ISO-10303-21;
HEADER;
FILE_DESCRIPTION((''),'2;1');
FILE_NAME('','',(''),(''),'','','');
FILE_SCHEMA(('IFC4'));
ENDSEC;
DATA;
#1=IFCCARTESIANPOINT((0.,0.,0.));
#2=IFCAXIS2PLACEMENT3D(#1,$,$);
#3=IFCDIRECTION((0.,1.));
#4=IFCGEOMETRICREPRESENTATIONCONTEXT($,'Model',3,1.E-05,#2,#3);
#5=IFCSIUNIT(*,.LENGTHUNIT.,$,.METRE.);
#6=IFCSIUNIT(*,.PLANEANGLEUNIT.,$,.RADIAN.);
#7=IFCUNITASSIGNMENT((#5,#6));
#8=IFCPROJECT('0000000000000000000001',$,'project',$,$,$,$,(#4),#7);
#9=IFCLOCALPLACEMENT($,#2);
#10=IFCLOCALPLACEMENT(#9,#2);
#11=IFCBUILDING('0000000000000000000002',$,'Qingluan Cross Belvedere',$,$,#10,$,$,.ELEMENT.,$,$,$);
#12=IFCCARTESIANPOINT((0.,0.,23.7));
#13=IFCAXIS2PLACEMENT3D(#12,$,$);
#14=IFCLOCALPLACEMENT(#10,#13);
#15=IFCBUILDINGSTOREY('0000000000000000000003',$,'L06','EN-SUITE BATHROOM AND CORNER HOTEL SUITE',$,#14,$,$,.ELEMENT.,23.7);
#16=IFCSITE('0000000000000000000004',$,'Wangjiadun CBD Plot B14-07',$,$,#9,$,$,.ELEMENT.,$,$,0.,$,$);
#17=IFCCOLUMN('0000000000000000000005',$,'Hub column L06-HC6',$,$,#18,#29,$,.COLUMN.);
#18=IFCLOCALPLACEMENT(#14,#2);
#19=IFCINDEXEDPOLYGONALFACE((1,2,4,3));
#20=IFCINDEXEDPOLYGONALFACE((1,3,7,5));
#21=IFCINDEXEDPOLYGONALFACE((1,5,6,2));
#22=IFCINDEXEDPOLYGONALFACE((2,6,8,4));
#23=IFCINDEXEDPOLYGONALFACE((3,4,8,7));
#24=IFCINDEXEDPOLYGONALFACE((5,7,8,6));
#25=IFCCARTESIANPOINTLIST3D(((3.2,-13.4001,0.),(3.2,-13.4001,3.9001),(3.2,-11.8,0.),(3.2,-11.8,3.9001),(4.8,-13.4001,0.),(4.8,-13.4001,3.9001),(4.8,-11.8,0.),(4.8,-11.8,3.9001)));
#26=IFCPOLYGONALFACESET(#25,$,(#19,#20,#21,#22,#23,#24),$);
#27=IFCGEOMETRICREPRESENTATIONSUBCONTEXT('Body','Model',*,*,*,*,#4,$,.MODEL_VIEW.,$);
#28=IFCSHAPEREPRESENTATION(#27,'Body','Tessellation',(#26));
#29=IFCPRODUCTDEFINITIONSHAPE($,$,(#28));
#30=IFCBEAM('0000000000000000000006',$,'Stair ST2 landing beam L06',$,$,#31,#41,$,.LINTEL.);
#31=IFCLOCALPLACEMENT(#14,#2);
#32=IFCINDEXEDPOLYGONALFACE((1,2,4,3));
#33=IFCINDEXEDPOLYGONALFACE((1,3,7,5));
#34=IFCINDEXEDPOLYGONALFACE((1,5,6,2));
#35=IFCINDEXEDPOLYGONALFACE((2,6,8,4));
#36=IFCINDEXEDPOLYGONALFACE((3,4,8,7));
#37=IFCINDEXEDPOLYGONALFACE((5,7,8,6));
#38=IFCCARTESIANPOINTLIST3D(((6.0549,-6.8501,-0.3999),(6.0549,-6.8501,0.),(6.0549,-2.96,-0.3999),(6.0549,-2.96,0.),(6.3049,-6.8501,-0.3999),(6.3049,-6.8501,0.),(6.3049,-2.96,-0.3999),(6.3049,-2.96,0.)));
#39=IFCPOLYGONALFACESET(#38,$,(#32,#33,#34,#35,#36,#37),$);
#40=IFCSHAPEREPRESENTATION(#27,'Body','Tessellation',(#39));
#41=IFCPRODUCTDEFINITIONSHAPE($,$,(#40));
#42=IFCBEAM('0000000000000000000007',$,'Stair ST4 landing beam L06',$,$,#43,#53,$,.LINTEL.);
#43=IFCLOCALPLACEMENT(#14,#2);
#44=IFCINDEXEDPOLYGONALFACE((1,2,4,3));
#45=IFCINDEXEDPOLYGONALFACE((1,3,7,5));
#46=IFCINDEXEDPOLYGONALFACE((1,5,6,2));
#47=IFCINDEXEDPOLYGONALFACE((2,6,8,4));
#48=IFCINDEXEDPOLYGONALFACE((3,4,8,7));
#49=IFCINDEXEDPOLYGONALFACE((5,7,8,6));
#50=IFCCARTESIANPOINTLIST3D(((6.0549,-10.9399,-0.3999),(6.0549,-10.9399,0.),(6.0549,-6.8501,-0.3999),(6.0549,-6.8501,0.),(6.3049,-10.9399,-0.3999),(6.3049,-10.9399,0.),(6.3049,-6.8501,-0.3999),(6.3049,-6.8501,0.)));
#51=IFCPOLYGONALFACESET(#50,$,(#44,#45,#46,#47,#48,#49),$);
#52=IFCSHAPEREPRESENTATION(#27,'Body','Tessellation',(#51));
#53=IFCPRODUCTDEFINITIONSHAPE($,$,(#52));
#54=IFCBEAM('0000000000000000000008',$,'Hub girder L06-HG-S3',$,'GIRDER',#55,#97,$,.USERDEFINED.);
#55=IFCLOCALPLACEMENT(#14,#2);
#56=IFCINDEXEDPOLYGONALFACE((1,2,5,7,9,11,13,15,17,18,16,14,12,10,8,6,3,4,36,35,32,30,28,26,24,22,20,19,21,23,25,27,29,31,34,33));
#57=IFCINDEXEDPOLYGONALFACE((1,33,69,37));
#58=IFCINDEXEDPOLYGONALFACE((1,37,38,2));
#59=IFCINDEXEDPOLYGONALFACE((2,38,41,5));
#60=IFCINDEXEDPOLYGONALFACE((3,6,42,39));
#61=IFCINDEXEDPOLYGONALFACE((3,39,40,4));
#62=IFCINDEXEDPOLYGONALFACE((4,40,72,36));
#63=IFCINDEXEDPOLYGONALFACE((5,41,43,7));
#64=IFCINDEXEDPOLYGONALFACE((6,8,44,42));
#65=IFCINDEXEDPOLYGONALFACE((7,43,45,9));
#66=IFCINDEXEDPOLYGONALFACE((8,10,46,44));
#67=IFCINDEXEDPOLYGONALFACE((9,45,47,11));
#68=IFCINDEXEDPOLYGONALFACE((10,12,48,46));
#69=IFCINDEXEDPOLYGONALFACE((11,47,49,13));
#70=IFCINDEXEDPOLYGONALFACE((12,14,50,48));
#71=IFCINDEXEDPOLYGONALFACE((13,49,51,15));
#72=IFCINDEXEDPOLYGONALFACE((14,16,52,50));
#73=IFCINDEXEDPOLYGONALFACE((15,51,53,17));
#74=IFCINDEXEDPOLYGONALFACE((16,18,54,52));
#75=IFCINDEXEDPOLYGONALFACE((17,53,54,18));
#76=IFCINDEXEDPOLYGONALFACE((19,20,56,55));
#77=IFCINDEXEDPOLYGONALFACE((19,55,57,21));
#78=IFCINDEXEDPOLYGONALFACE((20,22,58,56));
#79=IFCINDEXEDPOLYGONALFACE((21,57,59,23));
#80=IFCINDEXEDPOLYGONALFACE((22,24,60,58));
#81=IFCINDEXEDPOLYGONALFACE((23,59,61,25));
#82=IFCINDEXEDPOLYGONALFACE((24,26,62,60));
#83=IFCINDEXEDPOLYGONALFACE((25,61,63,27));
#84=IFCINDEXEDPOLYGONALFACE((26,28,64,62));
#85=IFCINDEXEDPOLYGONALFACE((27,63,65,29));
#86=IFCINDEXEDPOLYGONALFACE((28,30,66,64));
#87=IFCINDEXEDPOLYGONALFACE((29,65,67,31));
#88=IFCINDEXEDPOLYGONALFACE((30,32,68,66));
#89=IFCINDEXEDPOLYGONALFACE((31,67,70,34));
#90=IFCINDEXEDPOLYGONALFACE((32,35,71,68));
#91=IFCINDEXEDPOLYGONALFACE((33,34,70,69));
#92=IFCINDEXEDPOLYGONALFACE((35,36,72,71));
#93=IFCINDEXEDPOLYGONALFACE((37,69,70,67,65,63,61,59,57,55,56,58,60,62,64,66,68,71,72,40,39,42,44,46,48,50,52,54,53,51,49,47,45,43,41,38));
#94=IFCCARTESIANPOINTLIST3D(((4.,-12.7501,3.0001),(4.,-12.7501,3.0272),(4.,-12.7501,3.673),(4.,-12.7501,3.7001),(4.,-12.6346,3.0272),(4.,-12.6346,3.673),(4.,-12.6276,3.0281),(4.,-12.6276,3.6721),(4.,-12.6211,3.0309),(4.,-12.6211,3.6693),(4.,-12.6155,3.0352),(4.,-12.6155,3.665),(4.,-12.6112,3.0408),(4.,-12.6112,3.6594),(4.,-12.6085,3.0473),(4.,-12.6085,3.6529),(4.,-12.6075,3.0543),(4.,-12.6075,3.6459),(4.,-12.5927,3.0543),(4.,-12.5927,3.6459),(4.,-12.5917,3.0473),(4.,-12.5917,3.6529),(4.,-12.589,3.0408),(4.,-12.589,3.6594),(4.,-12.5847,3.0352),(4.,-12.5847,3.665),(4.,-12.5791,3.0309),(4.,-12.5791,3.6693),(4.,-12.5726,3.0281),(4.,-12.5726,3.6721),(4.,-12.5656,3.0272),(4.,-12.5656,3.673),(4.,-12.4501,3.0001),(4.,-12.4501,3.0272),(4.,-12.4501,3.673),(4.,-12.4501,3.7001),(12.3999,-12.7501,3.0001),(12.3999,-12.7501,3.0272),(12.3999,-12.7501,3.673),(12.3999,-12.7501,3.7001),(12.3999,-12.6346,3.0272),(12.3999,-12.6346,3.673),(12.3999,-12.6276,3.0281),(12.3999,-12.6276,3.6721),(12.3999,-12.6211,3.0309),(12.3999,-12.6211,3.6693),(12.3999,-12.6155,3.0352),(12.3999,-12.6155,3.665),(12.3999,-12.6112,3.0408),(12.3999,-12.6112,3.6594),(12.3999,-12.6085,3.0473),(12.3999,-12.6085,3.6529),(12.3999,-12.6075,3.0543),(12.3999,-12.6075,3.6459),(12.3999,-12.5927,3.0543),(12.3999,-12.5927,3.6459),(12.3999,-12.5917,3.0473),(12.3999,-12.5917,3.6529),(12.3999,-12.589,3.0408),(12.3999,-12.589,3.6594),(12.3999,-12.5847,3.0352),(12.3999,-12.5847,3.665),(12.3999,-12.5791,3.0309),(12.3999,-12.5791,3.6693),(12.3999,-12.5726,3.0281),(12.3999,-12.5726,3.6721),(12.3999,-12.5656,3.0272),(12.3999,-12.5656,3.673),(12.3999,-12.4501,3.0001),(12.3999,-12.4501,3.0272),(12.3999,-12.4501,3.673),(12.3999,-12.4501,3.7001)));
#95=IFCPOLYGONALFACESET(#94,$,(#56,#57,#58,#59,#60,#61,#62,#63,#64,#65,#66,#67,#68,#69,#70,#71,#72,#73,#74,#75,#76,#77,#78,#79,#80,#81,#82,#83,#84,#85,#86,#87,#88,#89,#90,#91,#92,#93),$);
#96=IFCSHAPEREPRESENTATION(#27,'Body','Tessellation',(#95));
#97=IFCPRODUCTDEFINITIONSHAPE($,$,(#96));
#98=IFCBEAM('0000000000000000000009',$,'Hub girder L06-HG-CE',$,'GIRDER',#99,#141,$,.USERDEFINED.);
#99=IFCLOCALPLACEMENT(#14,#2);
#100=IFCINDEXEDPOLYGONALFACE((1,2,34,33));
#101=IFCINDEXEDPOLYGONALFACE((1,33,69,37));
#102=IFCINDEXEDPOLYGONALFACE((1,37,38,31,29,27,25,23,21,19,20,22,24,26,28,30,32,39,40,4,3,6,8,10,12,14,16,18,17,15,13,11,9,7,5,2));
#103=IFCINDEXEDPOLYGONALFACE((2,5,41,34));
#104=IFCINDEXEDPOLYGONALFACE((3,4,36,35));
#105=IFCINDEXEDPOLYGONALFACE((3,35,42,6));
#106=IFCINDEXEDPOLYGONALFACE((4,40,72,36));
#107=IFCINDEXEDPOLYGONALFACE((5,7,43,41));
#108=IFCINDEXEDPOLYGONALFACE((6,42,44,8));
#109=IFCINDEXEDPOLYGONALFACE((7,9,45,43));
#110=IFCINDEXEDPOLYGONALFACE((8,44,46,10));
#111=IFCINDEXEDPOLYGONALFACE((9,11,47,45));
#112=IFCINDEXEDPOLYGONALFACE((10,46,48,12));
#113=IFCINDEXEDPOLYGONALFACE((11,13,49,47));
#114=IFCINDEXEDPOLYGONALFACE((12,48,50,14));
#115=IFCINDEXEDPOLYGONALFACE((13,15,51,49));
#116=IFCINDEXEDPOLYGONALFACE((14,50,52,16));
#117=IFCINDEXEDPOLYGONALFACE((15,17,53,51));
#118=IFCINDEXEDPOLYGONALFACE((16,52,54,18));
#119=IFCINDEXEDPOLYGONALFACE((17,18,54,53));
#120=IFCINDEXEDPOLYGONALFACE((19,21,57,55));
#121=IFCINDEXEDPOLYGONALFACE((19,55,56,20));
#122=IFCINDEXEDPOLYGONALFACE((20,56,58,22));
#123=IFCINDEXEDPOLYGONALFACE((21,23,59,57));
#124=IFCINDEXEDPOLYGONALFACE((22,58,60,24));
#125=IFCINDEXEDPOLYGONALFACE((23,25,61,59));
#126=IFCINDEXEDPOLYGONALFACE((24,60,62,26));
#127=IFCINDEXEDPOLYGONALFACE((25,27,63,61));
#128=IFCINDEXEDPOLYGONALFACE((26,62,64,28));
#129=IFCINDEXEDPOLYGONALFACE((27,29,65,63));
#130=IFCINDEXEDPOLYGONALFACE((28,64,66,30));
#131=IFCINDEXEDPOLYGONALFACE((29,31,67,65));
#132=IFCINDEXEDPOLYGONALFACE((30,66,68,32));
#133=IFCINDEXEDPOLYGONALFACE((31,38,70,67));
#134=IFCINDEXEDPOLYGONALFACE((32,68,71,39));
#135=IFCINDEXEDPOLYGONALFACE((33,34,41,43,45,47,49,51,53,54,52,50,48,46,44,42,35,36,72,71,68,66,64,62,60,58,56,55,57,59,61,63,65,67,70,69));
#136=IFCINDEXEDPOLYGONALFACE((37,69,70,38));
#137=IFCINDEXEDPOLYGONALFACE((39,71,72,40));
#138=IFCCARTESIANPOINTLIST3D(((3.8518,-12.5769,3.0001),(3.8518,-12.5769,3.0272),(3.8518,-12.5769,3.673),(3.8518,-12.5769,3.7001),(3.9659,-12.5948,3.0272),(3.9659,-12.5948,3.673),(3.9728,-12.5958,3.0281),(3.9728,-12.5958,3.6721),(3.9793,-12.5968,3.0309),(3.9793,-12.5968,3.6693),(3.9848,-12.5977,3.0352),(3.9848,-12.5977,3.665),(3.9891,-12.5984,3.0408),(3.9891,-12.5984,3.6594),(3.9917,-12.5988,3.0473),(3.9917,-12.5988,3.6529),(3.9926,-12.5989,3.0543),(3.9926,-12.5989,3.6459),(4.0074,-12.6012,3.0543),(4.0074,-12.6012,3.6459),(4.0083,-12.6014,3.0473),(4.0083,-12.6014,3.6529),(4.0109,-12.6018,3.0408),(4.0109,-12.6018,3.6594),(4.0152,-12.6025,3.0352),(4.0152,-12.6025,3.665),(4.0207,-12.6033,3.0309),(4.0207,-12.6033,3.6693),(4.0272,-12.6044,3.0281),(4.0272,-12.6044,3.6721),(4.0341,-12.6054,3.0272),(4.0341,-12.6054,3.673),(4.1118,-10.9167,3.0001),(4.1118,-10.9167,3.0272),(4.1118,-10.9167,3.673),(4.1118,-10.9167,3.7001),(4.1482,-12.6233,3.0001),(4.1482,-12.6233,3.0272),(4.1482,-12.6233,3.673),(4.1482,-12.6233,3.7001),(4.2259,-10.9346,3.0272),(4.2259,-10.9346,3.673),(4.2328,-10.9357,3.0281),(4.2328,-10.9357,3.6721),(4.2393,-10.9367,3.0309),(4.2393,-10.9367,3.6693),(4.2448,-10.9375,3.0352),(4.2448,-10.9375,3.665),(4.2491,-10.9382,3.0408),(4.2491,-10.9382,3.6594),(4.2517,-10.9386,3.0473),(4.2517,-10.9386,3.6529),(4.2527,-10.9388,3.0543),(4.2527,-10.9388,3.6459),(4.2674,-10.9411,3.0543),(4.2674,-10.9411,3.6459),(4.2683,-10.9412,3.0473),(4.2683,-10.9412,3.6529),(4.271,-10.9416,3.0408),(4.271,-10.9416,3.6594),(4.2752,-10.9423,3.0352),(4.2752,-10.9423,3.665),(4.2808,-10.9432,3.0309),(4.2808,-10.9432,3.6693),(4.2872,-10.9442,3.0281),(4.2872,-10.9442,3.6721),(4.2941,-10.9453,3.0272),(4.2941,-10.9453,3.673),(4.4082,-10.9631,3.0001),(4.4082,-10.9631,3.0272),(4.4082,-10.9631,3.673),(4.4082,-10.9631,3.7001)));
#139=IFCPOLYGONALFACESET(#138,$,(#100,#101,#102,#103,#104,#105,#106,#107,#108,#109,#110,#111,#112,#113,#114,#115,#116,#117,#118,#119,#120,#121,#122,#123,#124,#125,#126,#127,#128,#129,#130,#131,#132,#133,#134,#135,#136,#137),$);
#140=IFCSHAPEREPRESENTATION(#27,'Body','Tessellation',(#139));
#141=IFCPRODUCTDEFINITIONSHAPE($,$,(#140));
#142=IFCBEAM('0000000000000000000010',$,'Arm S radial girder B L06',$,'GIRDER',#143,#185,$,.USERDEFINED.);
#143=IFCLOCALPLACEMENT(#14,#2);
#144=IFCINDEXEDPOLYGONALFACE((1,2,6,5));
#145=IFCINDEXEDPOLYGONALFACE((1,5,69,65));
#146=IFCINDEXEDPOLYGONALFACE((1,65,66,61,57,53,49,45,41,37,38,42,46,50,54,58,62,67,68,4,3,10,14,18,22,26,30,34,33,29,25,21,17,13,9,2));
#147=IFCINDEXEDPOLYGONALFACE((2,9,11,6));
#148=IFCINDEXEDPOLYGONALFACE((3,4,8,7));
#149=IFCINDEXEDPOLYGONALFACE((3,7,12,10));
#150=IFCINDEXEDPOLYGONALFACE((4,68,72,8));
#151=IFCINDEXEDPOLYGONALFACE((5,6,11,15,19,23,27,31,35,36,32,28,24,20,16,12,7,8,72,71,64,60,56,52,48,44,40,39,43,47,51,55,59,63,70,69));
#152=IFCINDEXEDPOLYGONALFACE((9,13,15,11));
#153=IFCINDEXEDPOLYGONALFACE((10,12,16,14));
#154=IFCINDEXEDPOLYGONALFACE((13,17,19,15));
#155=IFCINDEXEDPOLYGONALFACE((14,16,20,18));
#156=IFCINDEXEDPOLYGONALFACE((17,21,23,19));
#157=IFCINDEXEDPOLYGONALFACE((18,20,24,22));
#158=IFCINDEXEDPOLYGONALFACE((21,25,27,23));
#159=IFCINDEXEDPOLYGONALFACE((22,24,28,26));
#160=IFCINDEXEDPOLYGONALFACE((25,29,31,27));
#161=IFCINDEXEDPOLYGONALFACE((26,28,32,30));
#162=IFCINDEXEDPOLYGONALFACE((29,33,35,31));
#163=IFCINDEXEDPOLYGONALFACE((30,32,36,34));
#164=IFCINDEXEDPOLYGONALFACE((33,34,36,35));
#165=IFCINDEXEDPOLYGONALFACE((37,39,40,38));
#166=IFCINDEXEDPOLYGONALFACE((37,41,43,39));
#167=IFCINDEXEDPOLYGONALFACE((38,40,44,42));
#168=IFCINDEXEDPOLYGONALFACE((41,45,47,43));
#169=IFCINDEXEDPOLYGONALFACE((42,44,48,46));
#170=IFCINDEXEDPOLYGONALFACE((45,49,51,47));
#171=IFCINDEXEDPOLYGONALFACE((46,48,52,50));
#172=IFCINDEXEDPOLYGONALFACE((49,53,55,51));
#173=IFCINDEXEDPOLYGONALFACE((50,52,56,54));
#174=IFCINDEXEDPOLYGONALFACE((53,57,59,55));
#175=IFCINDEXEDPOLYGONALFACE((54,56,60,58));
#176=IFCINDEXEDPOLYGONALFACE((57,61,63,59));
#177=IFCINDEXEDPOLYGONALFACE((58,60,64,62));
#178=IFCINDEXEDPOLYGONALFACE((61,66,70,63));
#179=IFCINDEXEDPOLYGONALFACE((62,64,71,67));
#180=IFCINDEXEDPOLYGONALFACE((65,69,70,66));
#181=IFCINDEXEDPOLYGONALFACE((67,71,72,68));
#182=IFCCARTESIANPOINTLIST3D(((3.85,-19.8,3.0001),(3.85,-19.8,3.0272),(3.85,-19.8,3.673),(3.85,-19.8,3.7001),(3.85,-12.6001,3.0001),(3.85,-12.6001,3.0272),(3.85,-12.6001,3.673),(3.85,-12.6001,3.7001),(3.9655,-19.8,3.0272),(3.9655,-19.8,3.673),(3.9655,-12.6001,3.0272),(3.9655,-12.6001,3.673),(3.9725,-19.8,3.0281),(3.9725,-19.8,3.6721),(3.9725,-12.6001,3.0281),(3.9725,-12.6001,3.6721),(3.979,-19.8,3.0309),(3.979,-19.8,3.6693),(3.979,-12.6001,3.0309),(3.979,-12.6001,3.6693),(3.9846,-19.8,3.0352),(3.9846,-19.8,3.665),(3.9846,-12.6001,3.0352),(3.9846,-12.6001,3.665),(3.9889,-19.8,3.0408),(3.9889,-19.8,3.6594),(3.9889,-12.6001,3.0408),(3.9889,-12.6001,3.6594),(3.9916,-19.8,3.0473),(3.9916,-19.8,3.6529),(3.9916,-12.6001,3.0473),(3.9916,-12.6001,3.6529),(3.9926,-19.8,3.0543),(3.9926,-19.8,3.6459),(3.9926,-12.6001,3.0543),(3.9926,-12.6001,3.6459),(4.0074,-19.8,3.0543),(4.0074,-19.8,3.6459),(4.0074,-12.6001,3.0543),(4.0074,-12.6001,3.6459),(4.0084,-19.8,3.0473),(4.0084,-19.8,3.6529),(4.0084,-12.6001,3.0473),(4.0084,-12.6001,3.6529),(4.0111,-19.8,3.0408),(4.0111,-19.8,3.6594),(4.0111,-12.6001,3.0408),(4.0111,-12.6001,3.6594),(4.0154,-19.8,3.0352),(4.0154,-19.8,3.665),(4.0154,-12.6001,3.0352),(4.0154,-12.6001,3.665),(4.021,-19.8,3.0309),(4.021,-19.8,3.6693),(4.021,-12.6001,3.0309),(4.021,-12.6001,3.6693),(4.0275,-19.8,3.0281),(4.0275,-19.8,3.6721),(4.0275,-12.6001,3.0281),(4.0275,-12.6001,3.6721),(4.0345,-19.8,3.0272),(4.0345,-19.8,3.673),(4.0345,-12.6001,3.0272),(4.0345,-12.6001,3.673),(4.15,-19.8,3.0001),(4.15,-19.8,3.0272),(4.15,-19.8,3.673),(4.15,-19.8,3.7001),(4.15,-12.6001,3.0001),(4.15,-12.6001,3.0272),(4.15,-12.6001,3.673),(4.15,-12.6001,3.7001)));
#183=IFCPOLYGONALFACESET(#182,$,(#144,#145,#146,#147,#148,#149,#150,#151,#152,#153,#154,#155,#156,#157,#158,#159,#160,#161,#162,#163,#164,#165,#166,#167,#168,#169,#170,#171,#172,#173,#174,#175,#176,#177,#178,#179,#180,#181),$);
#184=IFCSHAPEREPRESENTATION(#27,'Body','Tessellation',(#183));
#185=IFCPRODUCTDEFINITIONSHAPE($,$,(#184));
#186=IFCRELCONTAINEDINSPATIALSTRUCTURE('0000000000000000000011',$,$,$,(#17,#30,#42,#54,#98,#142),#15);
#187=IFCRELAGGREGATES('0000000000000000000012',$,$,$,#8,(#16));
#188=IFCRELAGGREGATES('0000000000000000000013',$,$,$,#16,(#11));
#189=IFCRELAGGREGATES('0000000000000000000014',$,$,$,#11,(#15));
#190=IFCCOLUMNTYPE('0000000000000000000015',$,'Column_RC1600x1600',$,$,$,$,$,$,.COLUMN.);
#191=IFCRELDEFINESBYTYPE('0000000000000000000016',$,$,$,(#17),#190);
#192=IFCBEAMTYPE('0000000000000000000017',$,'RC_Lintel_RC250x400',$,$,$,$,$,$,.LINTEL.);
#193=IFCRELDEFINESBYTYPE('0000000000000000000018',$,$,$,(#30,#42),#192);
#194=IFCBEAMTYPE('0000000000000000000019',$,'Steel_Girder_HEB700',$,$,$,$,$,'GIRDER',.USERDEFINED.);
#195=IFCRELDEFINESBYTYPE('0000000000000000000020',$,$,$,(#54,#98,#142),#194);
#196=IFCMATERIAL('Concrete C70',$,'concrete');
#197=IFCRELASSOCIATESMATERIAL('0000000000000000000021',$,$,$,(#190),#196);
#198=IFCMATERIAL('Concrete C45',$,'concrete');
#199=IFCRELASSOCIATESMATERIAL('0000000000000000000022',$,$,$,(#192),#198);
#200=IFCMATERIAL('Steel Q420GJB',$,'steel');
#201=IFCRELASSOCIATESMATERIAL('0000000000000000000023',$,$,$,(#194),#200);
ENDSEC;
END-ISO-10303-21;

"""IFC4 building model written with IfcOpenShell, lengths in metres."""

from ifc_helpers import new_model, si_unit, direction, frame, origin, origin_2d, place, context, subcontext, project, spatial, rectangle, i_section, extrude, material, material_profile, profile_set, type_object, element, save


model = new_model("IFC4")

# Units and contexts
model_context = context("Model", 3, precision=1e-05, world=origin(), true_north=direction((0.0, 1.0)))
body_context = subcontext(model_context, "Body", "Model", "MODEL_VIEW")
ifc_project = project(units=[si_unit("LENGTHUNIT", "METRE"), si_unit("PLANEANGLEUNIT", "RADIAN")], contexts=[model_context])

# Site, building, storey
site_placement = place(None, origin())
site = spatial("IfcSite", under=ifc_project, at=site_placement, Name="Wangjiadun CBD Plot B14-07", CompositionType="ELEMENT", RefElevation=0.0)
building_placement = place(site_placement, origin())
building = spatial("IfcBuilding", under=site, at=building_placement, Name="Qingluan Cross Belvedere", CompositionType="ELEMENT")
storey_placement = place(building_placement, frame((0.0, 0.0, 23.7)))
storey = spatial("IfcBuildingStorey", under=building, at=storey_placement, Name="L06", Description="EN-SUITE BATHROOM AND CORNER HOTEL SUITE", CompositionType="ELEMENT", Elevation=23.7)

# Column
ifc_material_1 = material(Name="Concrete C70", Category="concrete")
ifc_material_profile_1 = material_profile(ifc_material_1, rectangle(XDim=1.6001, YDim=1.6001, at=origin_2d()), Name="RC1600x1600")
ifc_profile_set_1 = profile_set([ifc_material_profile_1], Name="Concrete C70")
column_type = type_object("IfcColumnType", Name="Column_RC1600x1600", PredefinedType="COLUMN", material=ifc_profile_set_1)
column_placement = place(storey_placement, frame((4.0, -12.6001, 0.0), z_axis=(0.0, 0.0, 1.0), x_axis=(1.0, 0.0, 0.0)))
element("IfcColumn", 1, at=column_placement, inside=storey, type_object=column_type, Name="Hub column L06-HC6", PredefinedType="COLUMN", context=body_context, shape_type="SweptSolid", body=[
    extrude(rectangle(XDim=1.6001, YDim=1.6001, at=origin_2d()), origin(), (0.0, 0.0, 1.0), 3.9001),
])

# Beams
ifc_material_2 = material(Name="Concrete C45", Category="concrete")
ifc_material_profile_2 = material_profile(ifc_material_2, rectangle(XDim=0.25, YDim=0.3999, at=origin_2d()), Name="RC250x400")
ifc_profile_set_2 = profile_set([ifc_material_profile_2], Name="Concrete C45")
beam_type_1 = type_object("IfcBeamType", Name="RC_Lintel_RC250x400", PredefinedType="LINTEL", material=ifc_profile_set_2)
beam_1_placement = place(storey_placement, frame((6.1799, -6.8501, -0.2), z_axis=(0.0, 1.0, 0.0), x_axis=(-1.0, 0.0, 0.0)))
element("IfcBeam", 2, at=beam_1_placement, inside=storey, type_object=beam_type_1, Name="Stair ST2 landing beam L06", PredefinedType="LINTEL", context=body_context, shape_type="SweptSolid", body=[
    extrude(rectangle(XDim=0.25, YDim=0.3999, at=origin_2d()), origin(), (0.0, 0.0, 1.0), 3.8901),
])
beam_2_placement = place(storey_placement, frame((6.1799, -10.9399, -0.2), z_axis=(0.0, 1.0, 0.0), x_axis=(-1.0, 0.0, 0.0)))
element("IfcBeam", 3, at=beam_2_placement, inside=storey, type_object=beam_type_1, Name="Stair ST4 landing beam L06", PredefinedType="LINTEL", context=body_context, shape_type="SweptSolid", body=[
    extrude(rectangle(XDim=0.25, YDim=0.3999, at=origin_2d()), origin(), (0.0, 0.0, 1.0), 4.0898),
])
ifc_material_3 = material(Name="Steel Q420GJB", Category="steel")
ifc_material_profile_3 = material_profile(ifc_material_3, i_section(OverallWidth=0.3, OverallDepth=0.7, WebThickness=0.0149, FlangeThickness=0.0271, FilletRadius=0.0271, at=origin_2d()), Name="HEB700")
ifc_profile_set_3 = profile_set([ifc_material_profile_3], Name="Steel Q420GJB")
beam_type_2 = type_object("IfcBeamType", Name="Steel_Girder_HEB700", ElementType="GIRDER", PredefinedType="USERDEFINED", material=ifc_profile_set_3)
beam_3_placement = place(storey_placement, frame((4.0, -12.6001, 3.3501), z_axis=(1.0, 0.0, 0.0), x_axis=(0.0, 1.0, 0.0)))
element("IfcBeam", 4, at=beam_3_placement, inside=storey, type_object=beam_type_2, Name="Hub girder L06-HG-S3", ObjectType="GIRDER", PredefinedType="USERDEFINED", context=body_context, shape_type="SweptSolid", body=[
    extrude(i_section(OverallWidth=0.3, OverallDepth=0.7, WebThickness=0.0149, FlangeThickness=0.0271, FilletRadius=0.0271, at=origin_2d()), origin(), (0.0, 0.0, 1.0), 8.3999),
])
beam_4_placement = place(storey_placement, frame((4.0, -12.6001, 3.3501), z_axis=(0.154731, 0.987957, 0.0), x_axis=(-0.987957, 0.154731, 0.0)))
element("IfcBeam", 5, at=beam_4_placement, inside=storey, type_object=beam_type_2, Name="Hub girder L06-HG-CE", ObjectType="GIRDER", PredefinedType="USERDEFINED", context=body_context, shape_type="SweptSolid", body=[
    extrude(i_section(OverallWidth=0.3, OverallDepth=0.7, WebThickness=0.0149, FlangeThickness=0.0271, FilletRadius=0.0271, at=origin_2d()), origin(), (0.0, 0.0, 1.0), 1.6804),
])
beam_5_placement = place(storey_placement, frame((4.0, -12.6001, 3.3501), z_axis=(0.0, -1.0, 0.0), x_axis=(1.0, 0.0, 0.0)))
element("IfcBeam", 6, at=beam_5_placement, inside=storey, type_object=beam_type_2, Name="Arm S radial girder B L06", ObjectType="GIRDER", PredefinedType="USERDEFINED", context=body_context, shape_type="SweptSolid", body=[
    extrude(i_section(OverallWidth=0.3, OverallDepth=0.7, WebThickness=0.0149, FlangeThickness=0.0271, FilletRadius=0.0271, at=origin_2d()), origin(), (0.0, 0.0, 1.0), 7.2),
])

save(model, "model.ifc")
